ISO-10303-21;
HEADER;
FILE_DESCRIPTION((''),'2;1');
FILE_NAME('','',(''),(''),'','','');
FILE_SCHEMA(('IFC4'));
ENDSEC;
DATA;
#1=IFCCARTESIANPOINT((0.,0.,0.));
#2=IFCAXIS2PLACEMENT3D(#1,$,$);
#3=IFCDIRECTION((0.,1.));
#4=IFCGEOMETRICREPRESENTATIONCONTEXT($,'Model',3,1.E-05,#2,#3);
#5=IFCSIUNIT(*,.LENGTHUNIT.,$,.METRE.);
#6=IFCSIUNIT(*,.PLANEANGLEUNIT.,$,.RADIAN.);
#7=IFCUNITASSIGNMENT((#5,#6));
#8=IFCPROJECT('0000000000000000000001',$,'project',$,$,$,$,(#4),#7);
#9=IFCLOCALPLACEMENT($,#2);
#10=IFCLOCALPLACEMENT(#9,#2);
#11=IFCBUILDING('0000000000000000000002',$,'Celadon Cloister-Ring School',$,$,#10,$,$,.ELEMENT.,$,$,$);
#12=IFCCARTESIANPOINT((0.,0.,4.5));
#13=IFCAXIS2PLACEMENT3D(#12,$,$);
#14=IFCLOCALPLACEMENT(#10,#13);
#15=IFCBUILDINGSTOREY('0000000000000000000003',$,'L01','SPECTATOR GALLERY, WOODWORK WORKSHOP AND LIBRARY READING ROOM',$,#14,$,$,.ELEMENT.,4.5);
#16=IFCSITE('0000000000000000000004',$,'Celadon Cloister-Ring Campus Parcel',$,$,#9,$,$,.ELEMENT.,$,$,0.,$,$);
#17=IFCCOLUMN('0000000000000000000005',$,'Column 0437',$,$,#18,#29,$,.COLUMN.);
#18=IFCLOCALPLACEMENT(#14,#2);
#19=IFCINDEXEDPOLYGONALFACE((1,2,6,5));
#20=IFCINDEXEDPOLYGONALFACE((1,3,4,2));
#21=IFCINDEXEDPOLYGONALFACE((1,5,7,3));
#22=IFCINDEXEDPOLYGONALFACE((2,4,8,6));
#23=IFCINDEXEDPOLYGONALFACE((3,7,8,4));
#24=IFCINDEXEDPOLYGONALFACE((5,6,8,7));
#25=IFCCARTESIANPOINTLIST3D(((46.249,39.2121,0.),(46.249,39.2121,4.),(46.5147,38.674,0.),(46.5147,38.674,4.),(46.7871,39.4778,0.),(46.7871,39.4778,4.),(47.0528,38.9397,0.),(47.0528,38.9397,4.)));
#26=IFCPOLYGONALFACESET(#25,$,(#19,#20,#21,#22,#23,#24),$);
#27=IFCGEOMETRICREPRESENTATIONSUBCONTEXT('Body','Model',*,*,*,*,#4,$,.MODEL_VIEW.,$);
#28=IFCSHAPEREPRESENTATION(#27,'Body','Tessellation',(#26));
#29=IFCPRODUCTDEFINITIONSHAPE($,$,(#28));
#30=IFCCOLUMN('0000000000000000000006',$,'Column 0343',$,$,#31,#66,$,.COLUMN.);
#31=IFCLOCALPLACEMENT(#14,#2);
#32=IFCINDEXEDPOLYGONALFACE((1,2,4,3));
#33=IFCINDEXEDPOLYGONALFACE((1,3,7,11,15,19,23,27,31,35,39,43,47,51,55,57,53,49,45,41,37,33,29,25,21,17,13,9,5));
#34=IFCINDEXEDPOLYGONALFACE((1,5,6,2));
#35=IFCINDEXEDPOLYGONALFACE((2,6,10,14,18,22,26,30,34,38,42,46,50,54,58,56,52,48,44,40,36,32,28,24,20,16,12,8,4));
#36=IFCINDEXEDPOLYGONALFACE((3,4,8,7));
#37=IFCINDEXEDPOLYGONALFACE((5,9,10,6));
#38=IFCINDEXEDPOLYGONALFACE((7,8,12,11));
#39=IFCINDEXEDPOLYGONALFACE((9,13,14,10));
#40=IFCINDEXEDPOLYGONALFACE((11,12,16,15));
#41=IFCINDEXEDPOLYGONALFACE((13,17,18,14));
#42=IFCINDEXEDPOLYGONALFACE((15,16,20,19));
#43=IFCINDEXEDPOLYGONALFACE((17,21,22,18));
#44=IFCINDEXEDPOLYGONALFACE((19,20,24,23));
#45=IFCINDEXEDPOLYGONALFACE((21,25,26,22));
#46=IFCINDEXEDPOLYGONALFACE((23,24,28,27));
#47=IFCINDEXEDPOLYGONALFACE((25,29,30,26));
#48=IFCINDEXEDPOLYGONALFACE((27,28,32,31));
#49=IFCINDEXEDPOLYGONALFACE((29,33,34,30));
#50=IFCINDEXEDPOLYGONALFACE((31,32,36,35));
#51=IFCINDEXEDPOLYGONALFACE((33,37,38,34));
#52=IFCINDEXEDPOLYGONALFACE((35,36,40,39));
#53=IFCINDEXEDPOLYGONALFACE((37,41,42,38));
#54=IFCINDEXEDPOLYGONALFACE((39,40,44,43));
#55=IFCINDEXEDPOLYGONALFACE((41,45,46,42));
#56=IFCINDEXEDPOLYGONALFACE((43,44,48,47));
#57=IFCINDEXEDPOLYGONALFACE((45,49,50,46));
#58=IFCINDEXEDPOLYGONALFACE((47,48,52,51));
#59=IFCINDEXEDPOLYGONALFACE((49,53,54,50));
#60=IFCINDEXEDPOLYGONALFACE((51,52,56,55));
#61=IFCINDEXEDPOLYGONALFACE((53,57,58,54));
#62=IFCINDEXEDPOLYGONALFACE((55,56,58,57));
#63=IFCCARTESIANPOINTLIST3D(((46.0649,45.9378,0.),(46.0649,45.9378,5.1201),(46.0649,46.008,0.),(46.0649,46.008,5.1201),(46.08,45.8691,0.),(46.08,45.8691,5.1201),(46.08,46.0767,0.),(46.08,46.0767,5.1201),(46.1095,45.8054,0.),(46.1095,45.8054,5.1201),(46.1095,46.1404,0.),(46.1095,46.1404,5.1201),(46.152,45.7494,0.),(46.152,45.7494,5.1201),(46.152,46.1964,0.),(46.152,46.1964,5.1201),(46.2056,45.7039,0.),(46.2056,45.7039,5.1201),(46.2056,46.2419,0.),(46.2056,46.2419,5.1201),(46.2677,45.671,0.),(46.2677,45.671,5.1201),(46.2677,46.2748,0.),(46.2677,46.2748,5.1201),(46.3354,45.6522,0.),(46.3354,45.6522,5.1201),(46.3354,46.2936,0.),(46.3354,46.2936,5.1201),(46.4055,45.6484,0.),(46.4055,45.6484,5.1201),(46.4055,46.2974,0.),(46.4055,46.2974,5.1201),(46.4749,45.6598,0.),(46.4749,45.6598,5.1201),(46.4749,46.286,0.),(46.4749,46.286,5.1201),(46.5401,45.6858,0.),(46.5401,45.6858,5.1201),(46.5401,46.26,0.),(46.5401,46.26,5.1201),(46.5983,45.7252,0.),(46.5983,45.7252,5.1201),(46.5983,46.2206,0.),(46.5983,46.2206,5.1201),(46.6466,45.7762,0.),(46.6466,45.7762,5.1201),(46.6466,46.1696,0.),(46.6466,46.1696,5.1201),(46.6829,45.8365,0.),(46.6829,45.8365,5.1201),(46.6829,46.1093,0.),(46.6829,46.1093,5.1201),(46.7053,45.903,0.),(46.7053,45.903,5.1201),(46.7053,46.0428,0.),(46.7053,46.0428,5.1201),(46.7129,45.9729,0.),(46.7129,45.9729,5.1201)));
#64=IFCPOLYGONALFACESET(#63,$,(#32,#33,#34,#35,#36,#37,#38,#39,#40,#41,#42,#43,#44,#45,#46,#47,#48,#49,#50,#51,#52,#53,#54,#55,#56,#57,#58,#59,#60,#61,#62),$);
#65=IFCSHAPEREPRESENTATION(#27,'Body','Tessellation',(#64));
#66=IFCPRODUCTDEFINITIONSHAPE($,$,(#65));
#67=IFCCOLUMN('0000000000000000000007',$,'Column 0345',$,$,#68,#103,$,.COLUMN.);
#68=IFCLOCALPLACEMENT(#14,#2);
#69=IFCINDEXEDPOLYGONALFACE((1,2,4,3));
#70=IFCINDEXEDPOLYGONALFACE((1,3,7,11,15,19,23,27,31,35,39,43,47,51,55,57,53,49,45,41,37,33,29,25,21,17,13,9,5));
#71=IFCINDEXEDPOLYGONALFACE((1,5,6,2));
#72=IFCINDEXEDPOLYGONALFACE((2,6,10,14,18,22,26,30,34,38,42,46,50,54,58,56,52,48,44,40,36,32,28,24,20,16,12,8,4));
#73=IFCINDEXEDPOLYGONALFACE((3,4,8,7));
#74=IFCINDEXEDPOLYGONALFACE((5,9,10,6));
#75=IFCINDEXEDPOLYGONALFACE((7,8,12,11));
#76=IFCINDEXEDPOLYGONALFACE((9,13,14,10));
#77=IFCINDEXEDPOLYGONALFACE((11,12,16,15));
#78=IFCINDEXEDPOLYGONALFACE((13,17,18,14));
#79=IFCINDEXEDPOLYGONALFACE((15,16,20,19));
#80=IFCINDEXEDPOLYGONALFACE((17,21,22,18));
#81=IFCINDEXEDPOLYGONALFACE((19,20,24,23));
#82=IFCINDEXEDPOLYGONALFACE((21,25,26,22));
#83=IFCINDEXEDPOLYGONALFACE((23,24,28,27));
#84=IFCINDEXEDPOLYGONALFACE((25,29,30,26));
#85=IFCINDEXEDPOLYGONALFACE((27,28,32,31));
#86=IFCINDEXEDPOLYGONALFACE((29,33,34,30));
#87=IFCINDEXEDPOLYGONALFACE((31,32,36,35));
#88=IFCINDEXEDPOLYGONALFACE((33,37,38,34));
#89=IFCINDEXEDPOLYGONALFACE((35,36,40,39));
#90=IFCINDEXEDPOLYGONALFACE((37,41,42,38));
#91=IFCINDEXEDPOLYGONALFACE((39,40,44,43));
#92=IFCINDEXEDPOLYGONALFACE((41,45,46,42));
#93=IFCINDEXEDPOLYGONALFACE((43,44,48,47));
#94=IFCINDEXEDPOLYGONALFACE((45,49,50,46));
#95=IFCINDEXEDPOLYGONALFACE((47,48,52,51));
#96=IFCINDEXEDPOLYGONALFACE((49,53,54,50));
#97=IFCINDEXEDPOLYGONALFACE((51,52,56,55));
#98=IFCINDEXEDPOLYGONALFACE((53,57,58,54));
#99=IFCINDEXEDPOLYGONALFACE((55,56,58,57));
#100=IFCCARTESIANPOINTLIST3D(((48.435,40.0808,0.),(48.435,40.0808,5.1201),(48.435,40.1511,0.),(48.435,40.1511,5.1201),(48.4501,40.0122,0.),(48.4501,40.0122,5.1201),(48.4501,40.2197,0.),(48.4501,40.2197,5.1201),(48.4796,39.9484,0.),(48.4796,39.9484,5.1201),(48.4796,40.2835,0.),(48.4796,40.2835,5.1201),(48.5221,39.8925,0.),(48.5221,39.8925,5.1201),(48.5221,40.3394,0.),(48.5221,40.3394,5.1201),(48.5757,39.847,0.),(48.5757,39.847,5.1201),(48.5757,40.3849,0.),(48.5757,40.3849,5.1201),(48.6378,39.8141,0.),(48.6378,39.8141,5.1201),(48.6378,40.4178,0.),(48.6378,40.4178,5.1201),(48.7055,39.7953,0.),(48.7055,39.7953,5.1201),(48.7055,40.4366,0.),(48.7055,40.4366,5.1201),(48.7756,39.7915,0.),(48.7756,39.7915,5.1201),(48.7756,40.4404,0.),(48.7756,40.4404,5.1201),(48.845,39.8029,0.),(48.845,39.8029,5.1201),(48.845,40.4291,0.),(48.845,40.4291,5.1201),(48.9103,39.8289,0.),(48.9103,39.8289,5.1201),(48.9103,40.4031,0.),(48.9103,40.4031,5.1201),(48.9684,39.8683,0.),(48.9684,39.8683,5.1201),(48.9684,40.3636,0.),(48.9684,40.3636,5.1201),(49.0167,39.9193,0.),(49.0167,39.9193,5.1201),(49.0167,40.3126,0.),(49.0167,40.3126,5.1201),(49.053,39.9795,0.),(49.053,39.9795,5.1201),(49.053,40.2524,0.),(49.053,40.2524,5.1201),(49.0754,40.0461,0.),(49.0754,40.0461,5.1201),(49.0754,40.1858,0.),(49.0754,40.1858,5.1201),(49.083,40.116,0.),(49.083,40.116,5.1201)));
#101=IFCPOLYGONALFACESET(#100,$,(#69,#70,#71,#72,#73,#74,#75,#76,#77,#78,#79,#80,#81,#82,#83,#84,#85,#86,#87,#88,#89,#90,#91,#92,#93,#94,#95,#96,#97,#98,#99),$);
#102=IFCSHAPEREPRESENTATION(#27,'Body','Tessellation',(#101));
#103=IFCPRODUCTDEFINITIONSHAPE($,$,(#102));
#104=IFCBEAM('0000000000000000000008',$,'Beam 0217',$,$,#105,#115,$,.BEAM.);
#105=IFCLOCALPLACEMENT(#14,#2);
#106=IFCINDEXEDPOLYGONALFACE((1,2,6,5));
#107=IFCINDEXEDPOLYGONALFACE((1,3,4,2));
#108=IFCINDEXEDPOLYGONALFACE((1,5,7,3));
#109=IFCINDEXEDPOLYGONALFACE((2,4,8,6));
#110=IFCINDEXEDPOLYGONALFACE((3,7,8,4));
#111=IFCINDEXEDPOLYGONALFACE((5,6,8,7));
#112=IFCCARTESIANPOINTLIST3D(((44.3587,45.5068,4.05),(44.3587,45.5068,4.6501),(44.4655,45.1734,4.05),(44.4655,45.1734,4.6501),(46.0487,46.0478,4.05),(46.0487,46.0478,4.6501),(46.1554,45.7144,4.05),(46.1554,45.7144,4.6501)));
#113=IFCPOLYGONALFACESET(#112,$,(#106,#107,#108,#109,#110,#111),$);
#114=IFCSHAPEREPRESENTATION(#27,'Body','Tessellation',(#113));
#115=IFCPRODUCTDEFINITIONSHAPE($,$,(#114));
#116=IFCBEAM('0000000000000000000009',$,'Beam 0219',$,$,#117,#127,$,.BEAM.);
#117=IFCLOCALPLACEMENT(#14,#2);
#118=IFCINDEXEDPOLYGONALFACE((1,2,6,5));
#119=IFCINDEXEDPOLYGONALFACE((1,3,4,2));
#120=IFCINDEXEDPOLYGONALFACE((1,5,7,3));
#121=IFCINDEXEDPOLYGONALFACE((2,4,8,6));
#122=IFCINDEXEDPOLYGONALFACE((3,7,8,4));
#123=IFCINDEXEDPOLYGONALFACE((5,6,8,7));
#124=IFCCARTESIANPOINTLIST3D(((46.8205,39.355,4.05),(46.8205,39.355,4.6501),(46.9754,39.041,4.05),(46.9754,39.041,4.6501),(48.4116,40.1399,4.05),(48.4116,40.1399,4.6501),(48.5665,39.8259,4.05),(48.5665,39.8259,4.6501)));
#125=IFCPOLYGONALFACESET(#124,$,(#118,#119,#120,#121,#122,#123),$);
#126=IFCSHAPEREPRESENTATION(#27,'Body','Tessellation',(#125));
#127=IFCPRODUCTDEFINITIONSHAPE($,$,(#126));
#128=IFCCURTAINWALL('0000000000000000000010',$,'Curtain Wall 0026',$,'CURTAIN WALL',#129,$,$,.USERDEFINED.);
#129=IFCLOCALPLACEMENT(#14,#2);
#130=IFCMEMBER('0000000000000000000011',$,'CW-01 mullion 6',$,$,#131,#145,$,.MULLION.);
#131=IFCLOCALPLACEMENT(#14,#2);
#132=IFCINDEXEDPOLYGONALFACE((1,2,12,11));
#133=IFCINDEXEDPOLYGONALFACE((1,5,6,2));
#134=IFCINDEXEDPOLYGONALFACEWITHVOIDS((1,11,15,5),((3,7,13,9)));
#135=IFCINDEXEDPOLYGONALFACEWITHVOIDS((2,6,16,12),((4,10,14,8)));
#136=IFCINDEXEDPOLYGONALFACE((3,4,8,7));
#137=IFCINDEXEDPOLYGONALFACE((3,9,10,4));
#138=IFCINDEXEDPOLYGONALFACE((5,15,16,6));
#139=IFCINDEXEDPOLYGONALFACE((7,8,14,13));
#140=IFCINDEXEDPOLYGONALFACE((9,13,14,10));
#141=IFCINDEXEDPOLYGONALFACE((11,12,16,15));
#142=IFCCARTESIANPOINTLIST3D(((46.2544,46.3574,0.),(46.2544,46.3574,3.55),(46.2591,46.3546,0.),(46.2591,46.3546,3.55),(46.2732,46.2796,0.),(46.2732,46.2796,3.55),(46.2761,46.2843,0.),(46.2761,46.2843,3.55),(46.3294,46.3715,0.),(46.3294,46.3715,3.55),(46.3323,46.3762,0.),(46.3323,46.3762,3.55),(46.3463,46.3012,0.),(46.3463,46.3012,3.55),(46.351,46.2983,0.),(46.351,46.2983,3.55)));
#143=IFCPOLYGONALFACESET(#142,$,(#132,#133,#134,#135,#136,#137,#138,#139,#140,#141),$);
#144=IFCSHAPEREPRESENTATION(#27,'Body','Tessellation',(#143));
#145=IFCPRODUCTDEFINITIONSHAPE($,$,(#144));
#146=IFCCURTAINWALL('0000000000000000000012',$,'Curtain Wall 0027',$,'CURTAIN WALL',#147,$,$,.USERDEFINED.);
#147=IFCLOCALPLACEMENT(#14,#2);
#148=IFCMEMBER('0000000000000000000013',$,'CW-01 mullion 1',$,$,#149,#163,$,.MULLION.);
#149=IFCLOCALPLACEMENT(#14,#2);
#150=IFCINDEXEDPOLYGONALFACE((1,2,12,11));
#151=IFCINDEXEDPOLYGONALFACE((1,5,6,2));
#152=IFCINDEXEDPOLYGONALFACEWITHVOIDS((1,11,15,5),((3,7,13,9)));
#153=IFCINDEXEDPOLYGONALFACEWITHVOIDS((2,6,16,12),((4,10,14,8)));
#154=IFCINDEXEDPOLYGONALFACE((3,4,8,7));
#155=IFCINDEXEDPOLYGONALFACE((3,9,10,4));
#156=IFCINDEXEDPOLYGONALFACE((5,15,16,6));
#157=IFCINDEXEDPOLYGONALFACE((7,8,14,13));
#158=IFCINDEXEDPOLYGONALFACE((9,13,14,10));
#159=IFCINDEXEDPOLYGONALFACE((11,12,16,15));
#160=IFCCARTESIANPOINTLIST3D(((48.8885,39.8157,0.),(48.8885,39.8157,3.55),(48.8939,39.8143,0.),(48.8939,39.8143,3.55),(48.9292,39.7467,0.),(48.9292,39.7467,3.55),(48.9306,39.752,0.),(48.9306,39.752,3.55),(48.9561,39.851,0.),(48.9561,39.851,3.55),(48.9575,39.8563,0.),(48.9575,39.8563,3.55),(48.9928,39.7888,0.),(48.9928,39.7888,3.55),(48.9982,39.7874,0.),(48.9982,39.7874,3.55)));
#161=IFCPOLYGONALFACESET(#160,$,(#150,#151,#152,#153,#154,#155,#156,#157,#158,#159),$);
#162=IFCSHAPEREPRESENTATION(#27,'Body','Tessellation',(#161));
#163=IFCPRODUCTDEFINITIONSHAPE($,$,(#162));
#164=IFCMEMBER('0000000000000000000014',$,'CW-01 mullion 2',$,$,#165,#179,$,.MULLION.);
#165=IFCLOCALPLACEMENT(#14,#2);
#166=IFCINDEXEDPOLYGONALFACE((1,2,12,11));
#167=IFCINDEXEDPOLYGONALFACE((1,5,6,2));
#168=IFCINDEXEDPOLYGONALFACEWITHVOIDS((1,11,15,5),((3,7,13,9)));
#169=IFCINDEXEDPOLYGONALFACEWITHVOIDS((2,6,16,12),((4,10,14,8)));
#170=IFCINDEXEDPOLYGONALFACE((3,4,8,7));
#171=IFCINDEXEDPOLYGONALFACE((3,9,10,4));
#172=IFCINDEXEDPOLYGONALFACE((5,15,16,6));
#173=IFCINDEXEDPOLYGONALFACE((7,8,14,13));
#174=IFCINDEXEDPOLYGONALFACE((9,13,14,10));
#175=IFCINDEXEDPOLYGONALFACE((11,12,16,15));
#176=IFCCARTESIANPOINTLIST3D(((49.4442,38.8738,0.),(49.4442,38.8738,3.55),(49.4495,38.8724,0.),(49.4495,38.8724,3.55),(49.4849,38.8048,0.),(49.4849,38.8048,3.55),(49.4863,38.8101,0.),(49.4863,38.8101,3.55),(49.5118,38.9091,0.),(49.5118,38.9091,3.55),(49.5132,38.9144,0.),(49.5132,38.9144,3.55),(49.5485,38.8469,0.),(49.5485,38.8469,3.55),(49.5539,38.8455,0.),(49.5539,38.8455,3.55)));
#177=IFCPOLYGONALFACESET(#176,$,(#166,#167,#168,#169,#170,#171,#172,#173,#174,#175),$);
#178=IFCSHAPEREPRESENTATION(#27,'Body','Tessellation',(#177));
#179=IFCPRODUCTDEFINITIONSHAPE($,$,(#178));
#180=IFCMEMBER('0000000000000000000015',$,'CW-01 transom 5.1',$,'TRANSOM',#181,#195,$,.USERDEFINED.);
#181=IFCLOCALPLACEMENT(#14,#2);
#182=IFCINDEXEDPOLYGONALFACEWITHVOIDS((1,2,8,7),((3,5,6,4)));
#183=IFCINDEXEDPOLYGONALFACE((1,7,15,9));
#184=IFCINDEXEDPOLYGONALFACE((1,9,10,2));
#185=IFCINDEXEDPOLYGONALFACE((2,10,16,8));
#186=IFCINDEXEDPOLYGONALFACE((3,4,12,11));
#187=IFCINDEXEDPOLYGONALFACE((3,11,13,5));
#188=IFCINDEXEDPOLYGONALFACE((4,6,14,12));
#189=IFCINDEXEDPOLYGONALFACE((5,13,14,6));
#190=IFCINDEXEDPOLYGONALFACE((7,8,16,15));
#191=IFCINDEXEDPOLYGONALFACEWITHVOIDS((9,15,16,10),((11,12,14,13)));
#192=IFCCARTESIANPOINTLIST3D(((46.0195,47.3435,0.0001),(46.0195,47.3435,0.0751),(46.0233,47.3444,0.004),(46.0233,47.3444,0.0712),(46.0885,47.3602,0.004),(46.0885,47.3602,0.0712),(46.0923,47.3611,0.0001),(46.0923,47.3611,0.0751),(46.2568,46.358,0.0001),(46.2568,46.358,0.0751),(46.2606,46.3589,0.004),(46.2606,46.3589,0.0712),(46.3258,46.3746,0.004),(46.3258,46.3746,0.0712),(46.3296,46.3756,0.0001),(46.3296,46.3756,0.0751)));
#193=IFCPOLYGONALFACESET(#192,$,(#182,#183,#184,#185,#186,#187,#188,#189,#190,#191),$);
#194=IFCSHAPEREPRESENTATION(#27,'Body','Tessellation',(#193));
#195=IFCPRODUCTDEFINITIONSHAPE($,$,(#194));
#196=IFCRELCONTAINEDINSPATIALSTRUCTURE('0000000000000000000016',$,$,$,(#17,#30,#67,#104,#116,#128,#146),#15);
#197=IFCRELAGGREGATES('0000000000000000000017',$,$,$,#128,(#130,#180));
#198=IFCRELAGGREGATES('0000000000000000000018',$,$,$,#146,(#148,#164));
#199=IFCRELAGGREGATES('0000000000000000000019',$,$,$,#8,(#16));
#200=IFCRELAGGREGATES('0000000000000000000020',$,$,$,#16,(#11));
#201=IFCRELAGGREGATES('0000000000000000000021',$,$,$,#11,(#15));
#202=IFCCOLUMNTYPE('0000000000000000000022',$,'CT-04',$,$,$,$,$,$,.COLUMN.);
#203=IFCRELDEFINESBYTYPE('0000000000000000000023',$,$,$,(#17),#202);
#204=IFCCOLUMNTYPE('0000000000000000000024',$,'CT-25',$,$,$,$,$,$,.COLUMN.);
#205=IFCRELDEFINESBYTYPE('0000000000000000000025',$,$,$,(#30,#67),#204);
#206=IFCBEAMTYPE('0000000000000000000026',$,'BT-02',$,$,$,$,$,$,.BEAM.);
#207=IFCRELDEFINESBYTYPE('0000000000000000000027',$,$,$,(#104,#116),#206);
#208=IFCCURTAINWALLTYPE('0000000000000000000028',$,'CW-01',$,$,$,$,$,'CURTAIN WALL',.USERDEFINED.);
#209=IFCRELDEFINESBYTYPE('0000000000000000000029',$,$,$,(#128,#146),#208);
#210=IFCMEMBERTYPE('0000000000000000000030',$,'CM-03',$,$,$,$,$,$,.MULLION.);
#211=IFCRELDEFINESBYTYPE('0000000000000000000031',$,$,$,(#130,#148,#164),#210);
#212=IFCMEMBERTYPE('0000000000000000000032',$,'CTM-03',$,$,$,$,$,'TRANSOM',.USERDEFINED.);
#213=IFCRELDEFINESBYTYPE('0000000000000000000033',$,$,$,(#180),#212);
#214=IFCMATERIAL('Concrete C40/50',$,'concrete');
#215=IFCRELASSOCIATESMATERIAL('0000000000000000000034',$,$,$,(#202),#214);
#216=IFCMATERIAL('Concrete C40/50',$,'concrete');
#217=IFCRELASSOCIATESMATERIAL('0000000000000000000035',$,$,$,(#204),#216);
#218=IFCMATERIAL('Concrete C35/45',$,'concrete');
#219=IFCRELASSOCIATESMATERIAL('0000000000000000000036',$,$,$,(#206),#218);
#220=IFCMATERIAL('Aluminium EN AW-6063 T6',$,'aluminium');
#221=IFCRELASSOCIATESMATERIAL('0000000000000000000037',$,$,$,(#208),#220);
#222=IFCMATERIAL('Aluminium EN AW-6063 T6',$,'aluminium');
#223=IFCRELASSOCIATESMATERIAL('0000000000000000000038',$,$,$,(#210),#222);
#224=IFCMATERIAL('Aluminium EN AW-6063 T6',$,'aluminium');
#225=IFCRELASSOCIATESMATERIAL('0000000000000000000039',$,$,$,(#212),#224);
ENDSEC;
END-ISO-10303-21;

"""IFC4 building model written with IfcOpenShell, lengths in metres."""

from ifc_helpers import new_model, si_unit, direction, frame, origin, origin_2d, place, context, subcontext, project, spatial, rectangle, hollow_rectangle, circle, extrude, material, material_profile, profile_set, type_object, element, aggregate, save


model = new_model("IFC4")

# Units and contexts
model_context = context("Model", 3, precision=1e-05, world=origin(), true_north=direction((0.0, 1.0)))
body_context = subcontext(model_context, "Body", "Model", "MODEL_VIEW")
ifc_project = project(units=[si_unit("LENGTHUNIT", "METRE"), si_unit("PLANEANGLEUNIT", "RADIAN")], contexts=[model_context])

# Site, building, storey
site_placement = place(None, origin())
site = spatial("IfcSite", under=ifc_project, at=site_placement, Name="Celadon Cloister-Ring Campus Parcel", CompositionType="ELEMENT", RefElevation=0.0)
building_placement = place(site_placement, origin())
building = spatial("IfcBuilding", under=site, at=building_placement, Name="Celadon Cloister-Ring School", CompositionType="ELEMENT")
storey_placement = place(building_placement, frame((0.0, 0.0, 4.5)))
storey = spatial("IfcBuildingStorey", under=building, at=storey_placement, Name="L01", Description="SPECTATOR GALLERY, WOODWORK WORKSHOP AND LIBRARY READING ROOM", CompositionType="ELEMENT", Elevation=4.5)

# Columns
ifc_material_1 = material(Name="Concrete C40/50", Category="concrete")
ifc_material_profile_1 = material_profile(ifc_material_1, rectangle(XDim=0.6001, YDim=0.6001, at=origin_2d()), Name="RC600X600")
ifc_profile_set_1 = profile_set([ifc_material_profile_1], Name="Concrete C40/50")
column_type_1 = type_object("IfcColumnType", Name="CT-04", PredefinedType="COLUMN", material=ifc_profile_set_1)
column_placement = place(storey_placement, frame((46.6509, 39.0759, 0.0), z_axis=(0.0, 0.0, 1.0), x_axis=(-0.896641, -0.442758, 0.0)))
element("IfcColumn", 1, at=column_placement, inside=storey, type_object=column_type_1, Name="Column 0437", PredefinedType="COLUMN", context=body_context, shape_type="SweptSolid", body=[
    extrude(rectangle(XDim=0.6001, YDim=0.6001, at=origin_2d()), origin(), (0.0, 0.0, 1.0), 4.0),
])
ifc_material_2 = material(Name="Concrete C40/50", Category="concrete")
ifc_material_profile_2 = material_profile(ifc_material_2, circle(Radius=0.325, at=origin_2d()), Name="CIRC650")
ifc_profile_set_2 = profile_set([ifc_material_profile_2], Name="Concrete C40/50")
column_type_2 = type_object("IfcColumnType", Name="CT-25", PredefinedType="COLUMN", material=ifc_profile_set_2)
for number, where, z_axis, x_axis, name in (
    (2, (46.3879, 45.9729, 0.0), (0.0, 0.0, 1.0), (1.0, 0.0, 0.0), "Column 0343"),
    (3, (48.7581, 40.116, 0.0), (0.0, 0.0, 1.0), (1.0, 0.0, 0.0), "Column 0345"),
):
    element("IfcColumn", number, at=place(storey_placement, frame(where, z_axis=z_axis, x_axis=x_axis)), inside=storey, type_object=column_type_2, Name=name, PredefinedType="COLUMN", context=body_context, shape_type="SweptSolid", body=[
        extrude(circle(Radius=0.325, at=origin_2d()), origin(), (0.0, 0.0, 1.0), 5.1201),
    ])

# Beams
ifc_material_3 = material(Name="Concrete C35/45", Category="concrete")
ifc_material_profile_3 = material_profile(ifc_material_3, rectangle(XDim=0.3501, YDim=0.6001, at=origin_2d()), Name="RC350X600")
ifc_profile_set_3 = profile_set([ifc_material_profile_3], Name="Concrete C35/45")
beam_type_1 = type_object("IfcBeamType", Name="BT-02", PredefinedType="BEAM", material=ifc_profile_set_3)
beam_1_placement = place(storey_placement, frame((44.4121, 45.3401, 4.3501), z_axis=(0.952386, 0.304896, 0.0), x_axis=(-0.304896, 0.952386, 0.0)))
element("IfcBeam", 4, at=beam_1_placement, inside=storey, type_object=beam_type_1, Name="Beam 0217", PredefinedType="BEAM", context=body_context, shape_type="SweptSolid", body=[
    extrude(rectangle(XDim=0.3501, YDim=0.6001, at=origin_2d()), origin(), (0.0, 0.0, 1.0), 1.7744),
])
beam_2_placement = place(storey_placement, frame((46.8979, 39.198, 4.3501), z_axis=(0.896809, 0.442418, 0.0), x_axis=(-0.442418, 0.896809, 0.0)))
element("IfcBeam", 5, at=beam_2_placement, inside=storey, type_object=beam_type_1, Name="Beam 0219", PredefinedType="BEAM", context=body_context, shape_type="SweptSolid", body=[
    extrude(rectangle(XDim=0.3501, YDim=0.6001, at=origin_2d()), origin(), (0.0, 0.0, 1.0), 1.7742),
])

# Curtain wall, member
ifc_material_4 = material(Name="Aluminium EN AW-6063 T6", Category="aluminium")
curtain_wall_type = type_object("IfcCurtainWallType", Name="CW-01", ElementType="CURTAIN WALL", PredefinedType="USERDEFINED", material=ifc_material_4)
curtain_wall_1_placement = place(storey_placement, origin())
curtain_wall_1 = element("IfcCurtainWall", 6, at=curtain_wall_1_placement, inside=storey, type_object=curtain_wall_type, Name="Curtain Wall 0026", ObjectType="CURTAIN WALL", PredefinedType="USERDEFINED")
ifc_material_5 = material(Name="Aluminium EN AW-6063 T6", Category="aluminium")
ifc_material_profile_4 = material_profile(ifc_material_5, hollow_rectangle(XDim=0.0801, YDim=0.0801, WallThickness=0.0039, at=origin_2d()), Name="RHS80X80X4")
ifc_profile_set_4 = profile_set([ifc_material_profile_4], Name="Aluminium EN AW-6063 T6")
member_type_1 = type_object("IfcMemberType", Name="CM-03", PredefinedType="MULLION", material=ifc_profile_set_4)
member_1_placement = place(storey_placement, frame((46.3027, 46.3279, 0.0), z_axis=(0.0, 0.0, 1.0), x_axis=(0.972212, 0.2341, 0.0)))
member_1 = element("IfcMember", 7, at=member_1_placement, type_object=member_type_1, Name="CW-01 mullion 6", PredefinedType="MULLION", context=body_context, shape_type="SweptSolid", body=[
    extrude(hollow_rectangle(XDim=0.0801, YDim=0.0801, WallThickness=0.0039, at=origin_2d()), origin(), (0.0, 0.0, 1.0), 3.55),
])

# Curtain wall, members
curtain_wall_2_placement = place(storey_placement, origin())
curtain_wall_2 = element("IfcCurtainWall", 8, at=curtain_wall_2_placement, inside=storey, type_object=curtain_wall_type, Name="Curtain Wall 0027", ObjectType="CURTAIN WALL", PredefinedType="USERDEFINED")
member_2_placement = place(storey_placement, frame((48.9434, 39.8015, 0.0), z_axis=(0.0, 0.0, 1.0), x_axis=(0.861299, 0.508099, 0.0)))
member_2 = element("IfcMember", 9, at=member_2_placement, type_object=member_type_1, Name="CW-01 mullion 1", PredefinedType="MULLION", context=body_context, shape_type="SweptSolid", body=[
    extrude(hollow_rectangle(XDim=0.0801, YDim=0.0801, WallThickness=0.0039, at=origin_2d()), origin(), (0.0, 0.0, 1.0), 3.55),
])
member_3_placement = place(storey_placement, frame((49.499, 38.8596, 0.0), z_axis=(0.0, 0.0, 1.0), x_axis=(0.861299, 0.508099, 0.0)))
member_3 = element("IfcMember", 10, at=member_3_placement, type_object=member_type_1, Name="CW-01 mullion 2", PredefinedType="MULLION", context=body_context, shape_type="SweptSolid", body=[
    extrude(hollow_rectangle(XDim=0.0801, YDim=0.0801, WallThickness=0.0039, at=origin_2d()), origin(), (0.0, 0.0, 1.0), 3.55),
])

# Member
ifc_material_6 = material(Name="Aluminium EN AW-6063 T6", Category="aluminium")
ifc_material_profile_5 = material_profile(ifc_material_6, hollow_rectangle(XDim=0.075, YDim=0.075, WallThickness=0.0039, at=origin_2d()), Name="RHS75X75X4")
ifc_profile_set_5 = profile_set([ifc_material_profile_5], Name="Aluminium EN AW-6063 T6")
member_type_2 = type_object("IfcMemberType", Name="CTM-03", ElementType="TRANSOM", PredefinedType="USERDEFINED", material=ifc_profile_set_5)
member_4_placement = place(storey_placement, frame((46.0559, 47.3523, 0.0376), z_axis=(0.234083, -0.972217, 0.0), x_axis=(0.972217, 0.234083, 0.0)))
member_4 = element("IfcMember", 11, at=member_4_placement, type_object=member_type_2, Name="CW-01 transom 5.1", ObjectType="TRANSOM", PredefinedType="USERDEFINED", context=body_context, shape_type="SweptSolid", body=[
    extrude(hollow_rectangle(XDim=0.075, YDim=0.075, WallThickness=0.0039, at=origin_2d()), origin(), (0.0, 0.0, 1.0), 1.0137),
])

aggregate(curtain_wall_1, [member_1, member_4])
aggregate(curtain_wall_2, [member_2, member_3])

save(model, "model.ifc")
